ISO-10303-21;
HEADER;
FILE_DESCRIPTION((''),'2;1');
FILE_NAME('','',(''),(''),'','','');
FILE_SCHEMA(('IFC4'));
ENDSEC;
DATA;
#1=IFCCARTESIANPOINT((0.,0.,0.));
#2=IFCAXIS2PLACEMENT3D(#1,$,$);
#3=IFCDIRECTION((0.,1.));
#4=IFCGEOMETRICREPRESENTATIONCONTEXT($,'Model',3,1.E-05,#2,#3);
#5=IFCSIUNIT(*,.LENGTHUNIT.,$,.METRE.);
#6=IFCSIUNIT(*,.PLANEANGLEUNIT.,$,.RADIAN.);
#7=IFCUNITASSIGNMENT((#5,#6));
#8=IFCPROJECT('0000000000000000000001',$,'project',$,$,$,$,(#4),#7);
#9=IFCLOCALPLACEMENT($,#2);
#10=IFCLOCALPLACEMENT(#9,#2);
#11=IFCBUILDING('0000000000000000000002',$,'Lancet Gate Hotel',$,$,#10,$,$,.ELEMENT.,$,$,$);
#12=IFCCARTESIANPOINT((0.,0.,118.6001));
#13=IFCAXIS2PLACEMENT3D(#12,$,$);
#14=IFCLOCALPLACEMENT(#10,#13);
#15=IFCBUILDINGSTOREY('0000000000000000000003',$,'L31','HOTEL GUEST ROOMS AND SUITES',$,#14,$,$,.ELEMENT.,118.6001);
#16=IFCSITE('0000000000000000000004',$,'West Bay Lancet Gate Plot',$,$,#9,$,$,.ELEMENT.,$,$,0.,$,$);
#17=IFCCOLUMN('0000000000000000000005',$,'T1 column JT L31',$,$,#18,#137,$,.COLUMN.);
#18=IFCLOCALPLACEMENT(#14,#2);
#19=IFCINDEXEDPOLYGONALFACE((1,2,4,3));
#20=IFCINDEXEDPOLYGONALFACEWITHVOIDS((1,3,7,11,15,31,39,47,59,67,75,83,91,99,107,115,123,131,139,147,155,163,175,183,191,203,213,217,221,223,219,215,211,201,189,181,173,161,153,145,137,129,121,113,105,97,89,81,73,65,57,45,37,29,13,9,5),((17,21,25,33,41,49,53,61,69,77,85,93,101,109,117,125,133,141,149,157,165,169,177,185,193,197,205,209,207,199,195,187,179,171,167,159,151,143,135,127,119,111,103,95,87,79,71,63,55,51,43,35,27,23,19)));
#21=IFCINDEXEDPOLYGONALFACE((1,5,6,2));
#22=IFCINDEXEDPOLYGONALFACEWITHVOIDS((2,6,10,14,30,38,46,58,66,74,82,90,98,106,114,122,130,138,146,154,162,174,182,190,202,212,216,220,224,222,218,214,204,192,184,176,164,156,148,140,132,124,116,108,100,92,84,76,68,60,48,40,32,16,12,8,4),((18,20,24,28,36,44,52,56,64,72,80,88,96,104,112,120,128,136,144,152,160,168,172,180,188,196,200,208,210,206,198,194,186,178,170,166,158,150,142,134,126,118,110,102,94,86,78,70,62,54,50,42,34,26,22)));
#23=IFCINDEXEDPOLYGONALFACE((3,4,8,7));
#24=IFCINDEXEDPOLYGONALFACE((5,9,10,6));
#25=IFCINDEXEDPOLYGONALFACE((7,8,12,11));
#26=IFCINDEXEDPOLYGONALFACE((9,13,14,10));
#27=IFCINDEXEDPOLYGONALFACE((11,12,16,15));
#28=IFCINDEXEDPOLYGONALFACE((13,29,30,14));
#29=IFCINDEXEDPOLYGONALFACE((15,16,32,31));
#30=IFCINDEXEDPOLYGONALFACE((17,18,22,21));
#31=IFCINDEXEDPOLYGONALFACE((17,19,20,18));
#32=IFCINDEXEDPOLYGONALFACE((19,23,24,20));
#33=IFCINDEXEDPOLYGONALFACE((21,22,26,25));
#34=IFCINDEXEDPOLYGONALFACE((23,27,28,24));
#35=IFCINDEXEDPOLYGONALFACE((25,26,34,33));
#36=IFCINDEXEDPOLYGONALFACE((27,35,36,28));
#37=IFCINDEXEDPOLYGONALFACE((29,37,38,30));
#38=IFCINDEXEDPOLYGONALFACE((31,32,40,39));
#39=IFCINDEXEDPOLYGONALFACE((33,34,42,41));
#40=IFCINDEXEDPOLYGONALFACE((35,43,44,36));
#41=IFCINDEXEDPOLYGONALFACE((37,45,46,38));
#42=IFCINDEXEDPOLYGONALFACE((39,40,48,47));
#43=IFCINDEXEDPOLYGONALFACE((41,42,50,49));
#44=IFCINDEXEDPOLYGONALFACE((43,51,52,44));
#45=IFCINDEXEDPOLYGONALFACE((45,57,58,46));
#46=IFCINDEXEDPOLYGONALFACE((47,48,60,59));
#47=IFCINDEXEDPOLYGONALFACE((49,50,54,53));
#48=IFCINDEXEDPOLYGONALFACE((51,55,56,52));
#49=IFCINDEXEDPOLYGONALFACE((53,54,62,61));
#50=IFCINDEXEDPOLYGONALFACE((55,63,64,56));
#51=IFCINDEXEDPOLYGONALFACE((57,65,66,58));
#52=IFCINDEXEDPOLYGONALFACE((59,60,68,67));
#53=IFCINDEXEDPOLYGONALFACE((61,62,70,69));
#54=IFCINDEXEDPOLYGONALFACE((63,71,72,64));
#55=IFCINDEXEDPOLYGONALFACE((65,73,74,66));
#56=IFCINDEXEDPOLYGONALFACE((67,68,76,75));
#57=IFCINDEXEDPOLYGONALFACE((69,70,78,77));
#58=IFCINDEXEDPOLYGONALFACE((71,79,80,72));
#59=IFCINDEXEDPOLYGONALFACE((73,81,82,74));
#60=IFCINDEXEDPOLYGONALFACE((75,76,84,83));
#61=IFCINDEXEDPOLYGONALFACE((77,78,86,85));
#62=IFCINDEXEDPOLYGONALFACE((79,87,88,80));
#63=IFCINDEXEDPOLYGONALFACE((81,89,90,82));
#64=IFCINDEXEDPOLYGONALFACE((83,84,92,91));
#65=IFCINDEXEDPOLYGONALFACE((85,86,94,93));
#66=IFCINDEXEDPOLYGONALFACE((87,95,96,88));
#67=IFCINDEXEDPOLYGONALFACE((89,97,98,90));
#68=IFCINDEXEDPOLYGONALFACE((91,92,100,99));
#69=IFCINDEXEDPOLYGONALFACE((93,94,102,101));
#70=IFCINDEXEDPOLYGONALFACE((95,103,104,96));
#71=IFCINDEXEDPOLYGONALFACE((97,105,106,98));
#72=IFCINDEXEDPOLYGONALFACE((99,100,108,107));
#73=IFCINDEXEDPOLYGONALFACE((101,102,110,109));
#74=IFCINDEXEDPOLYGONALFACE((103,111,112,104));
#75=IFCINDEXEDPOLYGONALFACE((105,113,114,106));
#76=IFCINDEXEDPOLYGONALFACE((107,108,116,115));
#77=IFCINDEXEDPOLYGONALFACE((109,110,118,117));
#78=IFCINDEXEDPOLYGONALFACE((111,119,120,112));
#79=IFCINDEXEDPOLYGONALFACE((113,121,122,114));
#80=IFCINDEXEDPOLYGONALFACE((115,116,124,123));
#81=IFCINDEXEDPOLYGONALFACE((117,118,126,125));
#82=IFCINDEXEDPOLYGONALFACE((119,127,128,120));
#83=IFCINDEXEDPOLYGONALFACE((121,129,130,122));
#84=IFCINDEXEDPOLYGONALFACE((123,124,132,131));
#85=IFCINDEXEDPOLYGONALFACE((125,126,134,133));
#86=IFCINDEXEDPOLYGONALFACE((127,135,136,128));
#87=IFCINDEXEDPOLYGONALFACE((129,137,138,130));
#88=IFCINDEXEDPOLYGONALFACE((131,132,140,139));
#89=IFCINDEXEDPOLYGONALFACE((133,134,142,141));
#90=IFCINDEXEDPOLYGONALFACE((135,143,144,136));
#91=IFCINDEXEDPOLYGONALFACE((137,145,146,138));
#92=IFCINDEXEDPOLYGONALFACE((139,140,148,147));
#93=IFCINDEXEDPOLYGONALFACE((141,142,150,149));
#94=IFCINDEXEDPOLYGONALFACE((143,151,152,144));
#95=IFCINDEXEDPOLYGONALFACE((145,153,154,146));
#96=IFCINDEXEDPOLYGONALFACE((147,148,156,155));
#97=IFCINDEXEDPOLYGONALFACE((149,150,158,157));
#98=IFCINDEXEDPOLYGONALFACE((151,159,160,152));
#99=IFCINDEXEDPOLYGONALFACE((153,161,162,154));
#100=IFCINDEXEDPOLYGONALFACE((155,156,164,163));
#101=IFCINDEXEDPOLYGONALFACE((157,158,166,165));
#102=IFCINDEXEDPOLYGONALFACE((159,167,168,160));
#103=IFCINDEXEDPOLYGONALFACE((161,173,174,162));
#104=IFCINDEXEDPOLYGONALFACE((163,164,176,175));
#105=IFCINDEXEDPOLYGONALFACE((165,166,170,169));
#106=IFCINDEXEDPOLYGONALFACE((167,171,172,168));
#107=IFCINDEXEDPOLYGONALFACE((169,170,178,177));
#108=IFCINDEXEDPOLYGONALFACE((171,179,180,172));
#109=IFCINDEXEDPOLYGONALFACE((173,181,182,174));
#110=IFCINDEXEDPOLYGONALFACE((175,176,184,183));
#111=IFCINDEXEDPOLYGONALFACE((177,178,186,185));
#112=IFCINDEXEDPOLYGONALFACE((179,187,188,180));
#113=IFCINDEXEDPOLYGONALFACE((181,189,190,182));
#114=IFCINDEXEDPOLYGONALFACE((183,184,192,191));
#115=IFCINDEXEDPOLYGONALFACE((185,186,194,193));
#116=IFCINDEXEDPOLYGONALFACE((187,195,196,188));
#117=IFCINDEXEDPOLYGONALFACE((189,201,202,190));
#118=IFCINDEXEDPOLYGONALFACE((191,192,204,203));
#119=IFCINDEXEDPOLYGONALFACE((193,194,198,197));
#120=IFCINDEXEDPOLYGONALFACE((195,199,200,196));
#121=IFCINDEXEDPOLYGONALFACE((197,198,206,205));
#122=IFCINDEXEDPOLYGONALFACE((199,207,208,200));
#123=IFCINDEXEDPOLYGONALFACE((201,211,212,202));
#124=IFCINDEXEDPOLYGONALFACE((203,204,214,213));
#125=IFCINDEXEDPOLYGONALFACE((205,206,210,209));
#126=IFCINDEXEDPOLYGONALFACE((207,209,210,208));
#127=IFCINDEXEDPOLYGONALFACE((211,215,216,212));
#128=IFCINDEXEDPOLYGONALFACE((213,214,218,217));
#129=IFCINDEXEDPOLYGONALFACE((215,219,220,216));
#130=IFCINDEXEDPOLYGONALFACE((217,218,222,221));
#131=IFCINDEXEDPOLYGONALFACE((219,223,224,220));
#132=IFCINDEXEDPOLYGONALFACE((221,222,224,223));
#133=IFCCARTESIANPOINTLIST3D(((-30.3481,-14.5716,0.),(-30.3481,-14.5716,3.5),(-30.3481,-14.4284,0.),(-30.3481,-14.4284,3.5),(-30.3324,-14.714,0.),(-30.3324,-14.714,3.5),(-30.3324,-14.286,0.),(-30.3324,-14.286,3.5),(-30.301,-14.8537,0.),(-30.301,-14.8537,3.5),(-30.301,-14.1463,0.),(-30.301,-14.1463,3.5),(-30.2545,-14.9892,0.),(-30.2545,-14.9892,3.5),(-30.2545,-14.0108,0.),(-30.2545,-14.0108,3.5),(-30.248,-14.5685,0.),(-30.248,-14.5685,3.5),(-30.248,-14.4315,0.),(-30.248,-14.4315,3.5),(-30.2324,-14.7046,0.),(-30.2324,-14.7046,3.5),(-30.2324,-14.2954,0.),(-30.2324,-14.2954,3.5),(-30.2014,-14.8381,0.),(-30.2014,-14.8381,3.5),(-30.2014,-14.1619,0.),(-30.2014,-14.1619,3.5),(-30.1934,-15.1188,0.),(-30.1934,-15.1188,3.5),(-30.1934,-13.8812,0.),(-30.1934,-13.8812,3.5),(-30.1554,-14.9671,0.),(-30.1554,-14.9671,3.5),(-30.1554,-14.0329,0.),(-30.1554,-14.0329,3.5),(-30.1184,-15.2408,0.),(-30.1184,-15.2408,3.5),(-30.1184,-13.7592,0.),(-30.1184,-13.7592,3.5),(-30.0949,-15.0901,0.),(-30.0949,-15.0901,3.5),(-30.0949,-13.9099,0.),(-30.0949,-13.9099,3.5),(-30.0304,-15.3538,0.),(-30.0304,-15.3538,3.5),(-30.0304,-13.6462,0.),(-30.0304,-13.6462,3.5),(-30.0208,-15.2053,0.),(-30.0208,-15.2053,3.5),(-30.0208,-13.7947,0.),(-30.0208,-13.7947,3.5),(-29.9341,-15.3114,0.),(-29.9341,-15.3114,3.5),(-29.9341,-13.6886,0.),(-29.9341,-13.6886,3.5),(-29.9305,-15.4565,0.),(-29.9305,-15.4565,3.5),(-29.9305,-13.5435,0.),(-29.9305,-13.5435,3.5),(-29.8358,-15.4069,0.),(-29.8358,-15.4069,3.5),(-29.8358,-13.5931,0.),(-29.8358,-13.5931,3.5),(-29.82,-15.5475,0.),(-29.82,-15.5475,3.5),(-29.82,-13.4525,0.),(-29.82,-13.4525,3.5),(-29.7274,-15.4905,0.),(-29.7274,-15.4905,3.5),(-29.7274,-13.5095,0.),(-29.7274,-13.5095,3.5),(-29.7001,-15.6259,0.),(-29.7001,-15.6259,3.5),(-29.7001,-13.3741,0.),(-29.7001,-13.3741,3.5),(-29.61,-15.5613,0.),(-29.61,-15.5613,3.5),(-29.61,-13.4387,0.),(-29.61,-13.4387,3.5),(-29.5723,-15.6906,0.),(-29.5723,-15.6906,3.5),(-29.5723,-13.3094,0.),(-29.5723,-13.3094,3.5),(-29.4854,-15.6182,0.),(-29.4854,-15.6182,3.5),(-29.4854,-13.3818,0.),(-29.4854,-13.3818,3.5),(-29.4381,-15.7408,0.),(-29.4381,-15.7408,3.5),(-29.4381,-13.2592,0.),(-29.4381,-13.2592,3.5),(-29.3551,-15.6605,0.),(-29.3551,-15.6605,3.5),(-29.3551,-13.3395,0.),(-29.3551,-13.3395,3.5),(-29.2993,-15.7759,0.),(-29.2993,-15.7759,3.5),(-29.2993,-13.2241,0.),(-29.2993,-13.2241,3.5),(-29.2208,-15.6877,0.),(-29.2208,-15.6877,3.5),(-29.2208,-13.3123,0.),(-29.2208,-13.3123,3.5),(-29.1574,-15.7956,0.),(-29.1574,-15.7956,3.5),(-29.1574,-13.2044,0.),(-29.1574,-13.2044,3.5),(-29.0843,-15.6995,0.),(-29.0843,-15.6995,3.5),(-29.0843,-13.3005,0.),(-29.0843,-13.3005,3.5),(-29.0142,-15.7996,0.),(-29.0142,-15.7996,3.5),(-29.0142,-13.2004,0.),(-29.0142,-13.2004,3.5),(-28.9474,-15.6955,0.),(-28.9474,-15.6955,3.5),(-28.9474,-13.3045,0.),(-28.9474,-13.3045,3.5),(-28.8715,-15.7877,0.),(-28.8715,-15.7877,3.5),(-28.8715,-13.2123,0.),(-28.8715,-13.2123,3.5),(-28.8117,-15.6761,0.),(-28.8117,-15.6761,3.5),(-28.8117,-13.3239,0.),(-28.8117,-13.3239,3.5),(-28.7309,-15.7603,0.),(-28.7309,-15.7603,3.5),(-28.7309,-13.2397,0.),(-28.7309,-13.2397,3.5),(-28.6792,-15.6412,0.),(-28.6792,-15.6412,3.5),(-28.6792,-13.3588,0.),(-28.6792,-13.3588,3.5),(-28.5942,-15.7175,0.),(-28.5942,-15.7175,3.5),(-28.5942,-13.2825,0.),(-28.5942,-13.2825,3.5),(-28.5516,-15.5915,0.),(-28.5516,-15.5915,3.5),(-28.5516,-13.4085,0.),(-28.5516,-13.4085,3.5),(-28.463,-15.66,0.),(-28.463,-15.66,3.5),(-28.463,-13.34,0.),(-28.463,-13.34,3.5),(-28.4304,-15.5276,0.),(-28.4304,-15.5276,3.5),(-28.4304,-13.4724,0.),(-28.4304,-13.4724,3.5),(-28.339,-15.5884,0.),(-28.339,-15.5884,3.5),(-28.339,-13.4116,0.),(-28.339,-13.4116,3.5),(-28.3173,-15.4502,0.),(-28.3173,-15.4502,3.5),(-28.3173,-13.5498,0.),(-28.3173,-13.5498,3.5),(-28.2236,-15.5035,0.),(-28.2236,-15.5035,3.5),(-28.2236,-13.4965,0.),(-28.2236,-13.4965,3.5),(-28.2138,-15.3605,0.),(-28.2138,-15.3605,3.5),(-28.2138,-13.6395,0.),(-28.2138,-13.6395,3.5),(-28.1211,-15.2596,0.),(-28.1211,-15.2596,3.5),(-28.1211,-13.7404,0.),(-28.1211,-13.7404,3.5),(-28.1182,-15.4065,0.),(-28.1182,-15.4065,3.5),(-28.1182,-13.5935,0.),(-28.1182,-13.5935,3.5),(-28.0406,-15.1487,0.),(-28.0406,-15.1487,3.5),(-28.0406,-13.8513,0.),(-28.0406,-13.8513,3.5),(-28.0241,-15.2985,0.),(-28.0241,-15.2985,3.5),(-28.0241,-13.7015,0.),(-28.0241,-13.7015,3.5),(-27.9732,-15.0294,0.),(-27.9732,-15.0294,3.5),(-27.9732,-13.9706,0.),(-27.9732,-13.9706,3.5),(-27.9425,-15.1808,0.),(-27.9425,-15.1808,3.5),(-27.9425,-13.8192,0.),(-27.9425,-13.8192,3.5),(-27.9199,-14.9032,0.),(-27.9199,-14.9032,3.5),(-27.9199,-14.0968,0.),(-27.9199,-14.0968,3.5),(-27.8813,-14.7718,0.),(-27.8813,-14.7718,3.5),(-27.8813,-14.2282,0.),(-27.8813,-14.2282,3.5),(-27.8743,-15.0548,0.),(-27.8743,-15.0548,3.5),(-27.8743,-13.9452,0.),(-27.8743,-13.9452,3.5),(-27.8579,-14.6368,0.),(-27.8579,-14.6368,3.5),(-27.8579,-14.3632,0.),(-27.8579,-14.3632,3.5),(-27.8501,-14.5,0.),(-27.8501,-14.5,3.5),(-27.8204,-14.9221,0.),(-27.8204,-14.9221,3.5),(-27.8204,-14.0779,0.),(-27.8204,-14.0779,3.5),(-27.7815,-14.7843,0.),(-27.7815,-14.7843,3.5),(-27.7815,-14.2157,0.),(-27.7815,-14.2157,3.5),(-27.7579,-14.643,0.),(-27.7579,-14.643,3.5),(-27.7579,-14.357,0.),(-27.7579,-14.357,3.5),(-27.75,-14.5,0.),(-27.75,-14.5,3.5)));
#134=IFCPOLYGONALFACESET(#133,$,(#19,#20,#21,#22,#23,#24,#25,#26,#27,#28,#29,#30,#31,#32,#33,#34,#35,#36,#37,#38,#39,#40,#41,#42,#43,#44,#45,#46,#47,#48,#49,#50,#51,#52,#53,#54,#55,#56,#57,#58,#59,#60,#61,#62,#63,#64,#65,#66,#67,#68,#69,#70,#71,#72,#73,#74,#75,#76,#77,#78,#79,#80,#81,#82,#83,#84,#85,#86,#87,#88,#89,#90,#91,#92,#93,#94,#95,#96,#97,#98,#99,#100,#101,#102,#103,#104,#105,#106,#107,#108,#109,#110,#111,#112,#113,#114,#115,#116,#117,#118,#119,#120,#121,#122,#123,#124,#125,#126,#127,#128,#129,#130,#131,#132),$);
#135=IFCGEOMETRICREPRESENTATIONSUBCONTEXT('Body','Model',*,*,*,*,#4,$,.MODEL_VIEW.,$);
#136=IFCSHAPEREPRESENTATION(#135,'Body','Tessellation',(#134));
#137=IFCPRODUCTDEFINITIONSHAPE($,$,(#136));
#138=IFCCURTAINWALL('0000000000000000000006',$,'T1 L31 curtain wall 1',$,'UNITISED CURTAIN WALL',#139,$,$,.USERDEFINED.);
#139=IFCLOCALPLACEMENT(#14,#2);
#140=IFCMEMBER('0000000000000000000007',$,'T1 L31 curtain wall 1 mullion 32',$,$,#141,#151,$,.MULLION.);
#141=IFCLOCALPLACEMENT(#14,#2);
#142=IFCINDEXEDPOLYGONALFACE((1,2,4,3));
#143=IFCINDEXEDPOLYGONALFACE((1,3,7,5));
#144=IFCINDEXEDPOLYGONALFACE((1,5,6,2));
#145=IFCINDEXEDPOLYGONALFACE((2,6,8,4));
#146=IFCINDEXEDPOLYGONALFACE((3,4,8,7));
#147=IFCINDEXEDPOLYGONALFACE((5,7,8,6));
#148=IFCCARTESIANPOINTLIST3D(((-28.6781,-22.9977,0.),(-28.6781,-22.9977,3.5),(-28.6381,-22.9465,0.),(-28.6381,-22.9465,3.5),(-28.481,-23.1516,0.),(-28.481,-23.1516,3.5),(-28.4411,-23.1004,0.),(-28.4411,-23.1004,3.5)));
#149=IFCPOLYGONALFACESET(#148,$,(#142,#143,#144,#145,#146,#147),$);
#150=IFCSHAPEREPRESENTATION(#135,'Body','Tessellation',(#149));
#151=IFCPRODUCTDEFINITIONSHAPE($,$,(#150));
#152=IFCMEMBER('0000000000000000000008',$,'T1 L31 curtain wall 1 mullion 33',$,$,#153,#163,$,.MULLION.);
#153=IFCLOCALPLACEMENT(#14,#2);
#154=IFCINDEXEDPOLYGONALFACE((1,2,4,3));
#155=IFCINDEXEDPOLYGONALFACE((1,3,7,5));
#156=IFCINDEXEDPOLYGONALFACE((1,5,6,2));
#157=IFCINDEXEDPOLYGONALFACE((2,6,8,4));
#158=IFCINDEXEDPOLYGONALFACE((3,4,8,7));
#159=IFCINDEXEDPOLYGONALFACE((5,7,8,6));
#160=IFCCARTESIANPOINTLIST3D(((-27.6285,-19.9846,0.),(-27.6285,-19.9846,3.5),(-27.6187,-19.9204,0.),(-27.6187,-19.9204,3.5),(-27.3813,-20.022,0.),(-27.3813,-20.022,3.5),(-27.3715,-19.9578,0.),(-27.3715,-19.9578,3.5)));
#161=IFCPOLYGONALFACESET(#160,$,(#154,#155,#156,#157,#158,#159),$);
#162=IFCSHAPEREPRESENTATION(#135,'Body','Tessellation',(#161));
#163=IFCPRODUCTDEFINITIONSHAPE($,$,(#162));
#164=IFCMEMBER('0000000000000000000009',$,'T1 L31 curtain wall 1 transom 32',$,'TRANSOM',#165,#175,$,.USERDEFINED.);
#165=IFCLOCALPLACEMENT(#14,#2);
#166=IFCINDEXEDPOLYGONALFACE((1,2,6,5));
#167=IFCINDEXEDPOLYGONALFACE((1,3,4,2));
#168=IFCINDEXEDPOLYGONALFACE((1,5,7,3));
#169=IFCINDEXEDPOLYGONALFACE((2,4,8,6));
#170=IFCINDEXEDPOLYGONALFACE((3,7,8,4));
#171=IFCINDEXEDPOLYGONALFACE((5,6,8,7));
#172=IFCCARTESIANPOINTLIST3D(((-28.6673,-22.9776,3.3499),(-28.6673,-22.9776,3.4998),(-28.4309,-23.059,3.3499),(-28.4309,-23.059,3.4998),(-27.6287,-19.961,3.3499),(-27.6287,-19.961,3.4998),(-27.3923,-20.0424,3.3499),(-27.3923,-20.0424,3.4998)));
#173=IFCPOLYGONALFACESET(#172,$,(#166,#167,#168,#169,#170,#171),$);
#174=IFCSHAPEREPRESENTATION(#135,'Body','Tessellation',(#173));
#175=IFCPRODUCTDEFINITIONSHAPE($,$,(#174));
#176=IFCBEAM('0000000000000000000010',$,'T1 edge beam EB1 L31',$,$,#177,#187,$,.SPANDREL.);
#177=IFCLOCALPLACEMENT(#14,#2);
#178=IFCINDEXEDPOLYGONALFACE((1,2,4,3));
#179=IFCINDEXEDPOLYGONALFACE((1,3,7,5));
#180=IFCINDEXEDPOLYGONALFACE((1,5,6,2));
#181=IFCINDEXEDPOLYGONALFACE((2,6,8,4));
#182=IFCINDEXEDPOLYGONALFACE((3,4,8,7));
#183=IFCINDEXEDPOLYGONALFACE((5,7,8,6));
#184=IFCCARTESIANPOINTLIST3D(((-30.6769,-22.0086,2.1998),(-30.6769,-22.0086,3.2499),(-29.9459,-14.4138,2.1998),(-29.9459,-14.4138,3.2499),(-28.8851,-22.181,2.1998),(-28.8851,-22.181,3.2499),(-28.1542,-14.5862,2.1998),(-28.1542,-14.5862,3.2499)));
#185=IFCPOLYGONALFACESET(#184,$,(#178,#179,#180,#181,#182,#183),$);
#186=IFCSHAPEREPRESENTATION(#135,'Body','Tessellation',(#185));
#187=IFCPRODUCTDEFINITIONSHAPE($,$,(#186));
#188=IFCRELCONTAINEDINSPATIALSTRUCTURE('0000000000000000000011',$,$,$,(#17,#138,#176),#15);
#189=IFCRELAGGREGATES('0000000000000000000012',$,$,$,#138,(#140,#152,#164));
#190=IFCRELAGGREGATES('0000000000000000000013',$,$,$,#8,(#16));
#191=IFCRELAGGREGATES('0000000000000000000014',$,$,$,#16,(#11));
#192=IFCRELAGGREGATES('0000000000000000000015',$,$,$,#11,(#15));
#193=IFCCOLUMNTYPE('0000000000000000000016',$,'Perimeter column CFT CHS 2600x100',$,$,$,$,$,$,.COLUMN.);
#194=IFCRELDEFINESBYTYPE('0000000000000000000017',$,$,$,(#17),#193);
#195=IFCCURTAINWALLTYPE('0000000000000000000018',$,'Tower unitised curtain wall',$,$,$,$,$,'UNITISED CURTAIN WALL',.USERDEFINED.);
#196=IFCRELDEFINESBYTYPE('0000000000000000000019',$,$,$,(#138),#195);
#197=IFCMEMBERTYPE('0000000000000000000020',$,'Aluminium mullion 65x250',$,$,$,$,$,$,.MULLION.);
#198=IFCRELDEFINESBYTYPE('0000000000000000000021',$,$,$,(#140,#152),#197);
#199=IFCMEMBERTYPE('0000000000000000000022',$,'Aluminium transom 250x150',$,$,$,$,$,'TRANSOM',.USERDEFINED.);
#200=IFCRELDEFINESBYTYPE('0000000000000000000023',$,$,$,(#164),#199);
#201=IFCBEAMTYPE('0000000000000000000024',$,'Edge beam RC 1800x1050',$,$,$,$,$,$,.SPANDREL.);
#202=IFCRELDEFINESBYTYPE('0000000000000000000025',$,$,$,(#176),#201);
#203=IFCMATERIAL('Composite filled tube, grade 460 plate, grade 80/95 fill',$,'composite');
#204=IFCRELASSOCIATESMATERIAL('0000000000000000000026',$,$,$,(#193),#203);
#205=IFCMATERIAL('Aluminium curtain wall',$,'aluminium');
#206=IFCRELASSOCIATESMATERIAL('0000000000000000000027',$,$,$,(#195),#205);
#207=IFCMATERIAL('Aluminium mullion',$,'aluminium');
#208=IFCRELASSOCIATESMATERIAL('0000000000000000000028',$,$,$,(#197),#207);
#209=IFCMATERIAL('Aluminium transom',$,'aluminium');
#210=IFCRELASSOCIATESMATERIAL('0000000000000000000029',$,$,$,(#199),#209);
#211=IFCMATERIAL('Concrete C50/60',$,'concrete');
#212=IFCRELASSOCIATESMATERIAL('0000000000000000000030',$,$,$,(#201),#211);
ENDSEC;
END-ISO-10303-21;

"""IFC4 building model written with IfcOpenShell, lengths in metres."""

from ifc_helpers import new_model, si_unit, direction, frame, origin, origin_2d, place, context, subcontext, project, spatial, rectangle, hollow_circle, extrude, material, material_profile, profile_set, type_object, element, aggregate, save


model = new_model("IFC4")

# Units and contexts
model_context = context("Model", 3, precision=1e-05, world=origin(), true_north=direction((0.0, 1.0)))
body_context = subcontext(model_context, "Body", "Model", "MODEL_VIEW")
ifc_project = project(units=[si_unit("LENGTHUNIT", "METRE"), si_unit("PLANEANGLEUNIT", "RADIAN")], contexts=[model_context])

# Site, building, storey
site_placement = place(None, origin())
site = spatial("IfcSite", under=ifc_project, at=site_placement, Name="West Bay Lancet Gate Plot", CompositionType="ELEMENT", RefElevation=0.0)
building_placement = place(site_placement, origin())
building = spatial("IfcBuilding", under=site, at=building_placement, Name="Lancet Gate Hotel", CompositionType="ELEMENT")
storey_placement = place(building_placement, frame((0.0, 0.0, 118.6001)))
storey = spatial("IfcBuildingStorey", under=building, at=storey_placement, Name="L31", Description="HOTEL GUEST ROOMS AND SUITES", CompositionType="ELEMENT", Elevation=118.6001)

# Column
ifc_material_1 = material(Name="Composite filled tube, grade 460 plate, grade 80/95 fill", Category="composite")
ifc_material_profile_1 = material_profile(ifc_material_1, hollow_circle(Radius=1.3, WallThickness=0.1001, at=origin_2d()), Name="CHS 2600x100")
ifc_profile_set_1 = profile_set([ifc_material_profile_1], Name="Composite filled tube, grade 460 plate, grade 80/95 fill")
column_type = type_object("IfcColumnType", Name="Perimeter column CFT CHS 2600x100", PredefinedType="COLUMN", material=ifc_profile_set_1)
for number, where, z_axis, x_axis, name in (
    (1, (-29.05, -14.5, 0.0), (0.0, 0.0, 1.0), (1.0, 0.0, 0.0), "T1 column JT L31"),
):
    element("IfcColumn", number, at=place(storey_placement, frame(where, z_axis=z_axis, x_axis=x_axis)), inside=storey, type_object=column_type, Name=name, PredefinedType="COLUMN", context=body_context, shape_type="SweptSolid", body=[
        extrude(hollow_circle(Radius=1.3, WallThickness=0.1001, at=origin_2d()), origin(), (0.0, 0.0, 1.0), 3.5),
    ])

# Curtain wall, members
ifc_material_2 = material(Name="Aluminium curtain wall", Category="aluminium")
curtain_wall_type = type_object("IfcCurtainWallType", Name="Tower unitised curtain wall", ElementType="UNITISED CURTAIN WALL", PredefinedType="USERDEFINED", material=ifc_material_2)
curtain_wall_placement = place(storey_placement, origin())
curtain_wall = element("IfcCurtainWall", 2, at=curtain_wall_placement, inside=storey, type_object=curtain_wall_type, Name="T1 L31 curtain wall 1", ObjectType="UNITISED CURTAIN WALL", PredefinedType="USERDEFINED")
ifc_material_3 = material(Name="Aluminium mullion", Category="aluminium")
ifc_material_profile_2 = material_profile(ifc_material_3, rectangle(XDim=0.0649, YDim=0.25, at=origin_2d()), Name="MULLION 65x250")
ifc_profile_set_2 = profile_set([ifc_material_profile_2], Name="Aluminium mullion")
member_type_1 = type_object("IfcMemberType", Name="Aluminium mullion 65x250", PredefinedType="MULLION", material=ifc_profile_set_2)
member_1_placement = place(storey_placement, frame((-28.5596, -23.0491, 0.0), z_axis=(0.0, 0.0, 1.0), x_axis=(0.615574, 0.788079, 0.0)))
member_1 = element("IfcMember", 3, at=member_1_placement, type_object=member_type_1, Name="T1 L31 curtain wall 1 mullion 32", PredefinedType="MULLION", context=body_context, shape_type="SweptSolid", body=[
    extrude(rectangle(XDim=0.0649, YDim=0.25, at=origin_2d()), origin(), (0.0, 0.0, 1.0), 3.5),
])
member_2_placement = place(storey_placement, frame((-27.5, -19.9712, 0.0), z_axis=(0.0, 0.0, 1.0), x_axis=(0.149634, 0.988741, 0.0)))
member_2 = element("IfcMember", 4, at=member_2_placement, type_object=member_type_1, Name="T1 L31 curtain wall 1 mullion 33", PredefinedType="MULLION", context=body_context, shape_type="SweptSolid", body=[
    extrude(rectangle(XDim=0.0649, YDim=0.25, at=origin_2d()), origin(), (0.0, 0.0, 1.0), 3.5),
])
ifc_material_4 = material(Name="Aluminium transom", Category="aluminium")
ifc_material_profile_3 = material_profile(ifc_material_4, rectangle(XDim=0.25, YDim=0.1499, at=origin_2d()), Name="TRANSOM 250x150")
ifc_profile_set_3 = profile_set([ifc_material_profile_3], Name="Aluminium transom")
member_type_2 = type_object("IfcMemberType", Name="Aluminium transom 250x150", ElementType="TRANSOM", PredefinedType="USERDEFINED", material=ifc_profile_set_3)
member_3_placement = place(storey_placement, frame((-28.5491, -23.0183, 3.4248), z_axis=(0.325533, 0.945531, 0.0), x_axis=(-0.945531, 0.325533, 0.0)))
member_3 = element("IfcMember", 5, at=member_3_placement, type_object=member_type_2, Name="T1 L31 curtain wall 1 transom 32", ObjectType="TRANSOM", PredefinedType="USERDEFINED", context=body_context, shape_type="SweptSolid", body=[
    extrude(rectangle(XDim=0.25, YDim=0.1499, at=origin_2d()), origin(), (0.0, 0.0, 1.0), 3.1904),
])

# Beam
ifc_material_5 = material(Name="Concrete C50/60", Category="concrete")
ifc_material_profile_4 = material_profile(ifc_material_5, rectangle(XDim=1.8, YDim=1.05, at=origin_2d()), Name="RC 1800x1050")
ifc_profile_set_4 = profile_set([ifc_material_profile_4], Name="Concrete C50/60")
beam_type_1 = type_object("IfcBeamType", Name="Edge beam RC 1800x1050", PredefinedType="SPANDREL", material=ifc_profile_set_4)
beam_1_placement = place(storey_placement, frame((-29.05, -14.5, 2.7249), z_axis=(-0.095803, -0.9954, 0.0), x_axis=(0.9954, -0.095803, 0.0)))
element("IfcBeam", 6, at=beam_1_placement, inside=storey, type_object=beam_type_1, Name="T1 edge beam EB1 L31", PredefinedType="SPANDREL", context=body_context, shape_type="SweptSolid", body=[
    extrude(rectangle(XDim=1.8, YDim=1.05, at=origin_2d()), origin(), (0.0, 0.0, 1.0), 7.6299),
])

aggregate(curtain_wall, [member_1, member_2, member_3])

save(model, "model.ifc")
